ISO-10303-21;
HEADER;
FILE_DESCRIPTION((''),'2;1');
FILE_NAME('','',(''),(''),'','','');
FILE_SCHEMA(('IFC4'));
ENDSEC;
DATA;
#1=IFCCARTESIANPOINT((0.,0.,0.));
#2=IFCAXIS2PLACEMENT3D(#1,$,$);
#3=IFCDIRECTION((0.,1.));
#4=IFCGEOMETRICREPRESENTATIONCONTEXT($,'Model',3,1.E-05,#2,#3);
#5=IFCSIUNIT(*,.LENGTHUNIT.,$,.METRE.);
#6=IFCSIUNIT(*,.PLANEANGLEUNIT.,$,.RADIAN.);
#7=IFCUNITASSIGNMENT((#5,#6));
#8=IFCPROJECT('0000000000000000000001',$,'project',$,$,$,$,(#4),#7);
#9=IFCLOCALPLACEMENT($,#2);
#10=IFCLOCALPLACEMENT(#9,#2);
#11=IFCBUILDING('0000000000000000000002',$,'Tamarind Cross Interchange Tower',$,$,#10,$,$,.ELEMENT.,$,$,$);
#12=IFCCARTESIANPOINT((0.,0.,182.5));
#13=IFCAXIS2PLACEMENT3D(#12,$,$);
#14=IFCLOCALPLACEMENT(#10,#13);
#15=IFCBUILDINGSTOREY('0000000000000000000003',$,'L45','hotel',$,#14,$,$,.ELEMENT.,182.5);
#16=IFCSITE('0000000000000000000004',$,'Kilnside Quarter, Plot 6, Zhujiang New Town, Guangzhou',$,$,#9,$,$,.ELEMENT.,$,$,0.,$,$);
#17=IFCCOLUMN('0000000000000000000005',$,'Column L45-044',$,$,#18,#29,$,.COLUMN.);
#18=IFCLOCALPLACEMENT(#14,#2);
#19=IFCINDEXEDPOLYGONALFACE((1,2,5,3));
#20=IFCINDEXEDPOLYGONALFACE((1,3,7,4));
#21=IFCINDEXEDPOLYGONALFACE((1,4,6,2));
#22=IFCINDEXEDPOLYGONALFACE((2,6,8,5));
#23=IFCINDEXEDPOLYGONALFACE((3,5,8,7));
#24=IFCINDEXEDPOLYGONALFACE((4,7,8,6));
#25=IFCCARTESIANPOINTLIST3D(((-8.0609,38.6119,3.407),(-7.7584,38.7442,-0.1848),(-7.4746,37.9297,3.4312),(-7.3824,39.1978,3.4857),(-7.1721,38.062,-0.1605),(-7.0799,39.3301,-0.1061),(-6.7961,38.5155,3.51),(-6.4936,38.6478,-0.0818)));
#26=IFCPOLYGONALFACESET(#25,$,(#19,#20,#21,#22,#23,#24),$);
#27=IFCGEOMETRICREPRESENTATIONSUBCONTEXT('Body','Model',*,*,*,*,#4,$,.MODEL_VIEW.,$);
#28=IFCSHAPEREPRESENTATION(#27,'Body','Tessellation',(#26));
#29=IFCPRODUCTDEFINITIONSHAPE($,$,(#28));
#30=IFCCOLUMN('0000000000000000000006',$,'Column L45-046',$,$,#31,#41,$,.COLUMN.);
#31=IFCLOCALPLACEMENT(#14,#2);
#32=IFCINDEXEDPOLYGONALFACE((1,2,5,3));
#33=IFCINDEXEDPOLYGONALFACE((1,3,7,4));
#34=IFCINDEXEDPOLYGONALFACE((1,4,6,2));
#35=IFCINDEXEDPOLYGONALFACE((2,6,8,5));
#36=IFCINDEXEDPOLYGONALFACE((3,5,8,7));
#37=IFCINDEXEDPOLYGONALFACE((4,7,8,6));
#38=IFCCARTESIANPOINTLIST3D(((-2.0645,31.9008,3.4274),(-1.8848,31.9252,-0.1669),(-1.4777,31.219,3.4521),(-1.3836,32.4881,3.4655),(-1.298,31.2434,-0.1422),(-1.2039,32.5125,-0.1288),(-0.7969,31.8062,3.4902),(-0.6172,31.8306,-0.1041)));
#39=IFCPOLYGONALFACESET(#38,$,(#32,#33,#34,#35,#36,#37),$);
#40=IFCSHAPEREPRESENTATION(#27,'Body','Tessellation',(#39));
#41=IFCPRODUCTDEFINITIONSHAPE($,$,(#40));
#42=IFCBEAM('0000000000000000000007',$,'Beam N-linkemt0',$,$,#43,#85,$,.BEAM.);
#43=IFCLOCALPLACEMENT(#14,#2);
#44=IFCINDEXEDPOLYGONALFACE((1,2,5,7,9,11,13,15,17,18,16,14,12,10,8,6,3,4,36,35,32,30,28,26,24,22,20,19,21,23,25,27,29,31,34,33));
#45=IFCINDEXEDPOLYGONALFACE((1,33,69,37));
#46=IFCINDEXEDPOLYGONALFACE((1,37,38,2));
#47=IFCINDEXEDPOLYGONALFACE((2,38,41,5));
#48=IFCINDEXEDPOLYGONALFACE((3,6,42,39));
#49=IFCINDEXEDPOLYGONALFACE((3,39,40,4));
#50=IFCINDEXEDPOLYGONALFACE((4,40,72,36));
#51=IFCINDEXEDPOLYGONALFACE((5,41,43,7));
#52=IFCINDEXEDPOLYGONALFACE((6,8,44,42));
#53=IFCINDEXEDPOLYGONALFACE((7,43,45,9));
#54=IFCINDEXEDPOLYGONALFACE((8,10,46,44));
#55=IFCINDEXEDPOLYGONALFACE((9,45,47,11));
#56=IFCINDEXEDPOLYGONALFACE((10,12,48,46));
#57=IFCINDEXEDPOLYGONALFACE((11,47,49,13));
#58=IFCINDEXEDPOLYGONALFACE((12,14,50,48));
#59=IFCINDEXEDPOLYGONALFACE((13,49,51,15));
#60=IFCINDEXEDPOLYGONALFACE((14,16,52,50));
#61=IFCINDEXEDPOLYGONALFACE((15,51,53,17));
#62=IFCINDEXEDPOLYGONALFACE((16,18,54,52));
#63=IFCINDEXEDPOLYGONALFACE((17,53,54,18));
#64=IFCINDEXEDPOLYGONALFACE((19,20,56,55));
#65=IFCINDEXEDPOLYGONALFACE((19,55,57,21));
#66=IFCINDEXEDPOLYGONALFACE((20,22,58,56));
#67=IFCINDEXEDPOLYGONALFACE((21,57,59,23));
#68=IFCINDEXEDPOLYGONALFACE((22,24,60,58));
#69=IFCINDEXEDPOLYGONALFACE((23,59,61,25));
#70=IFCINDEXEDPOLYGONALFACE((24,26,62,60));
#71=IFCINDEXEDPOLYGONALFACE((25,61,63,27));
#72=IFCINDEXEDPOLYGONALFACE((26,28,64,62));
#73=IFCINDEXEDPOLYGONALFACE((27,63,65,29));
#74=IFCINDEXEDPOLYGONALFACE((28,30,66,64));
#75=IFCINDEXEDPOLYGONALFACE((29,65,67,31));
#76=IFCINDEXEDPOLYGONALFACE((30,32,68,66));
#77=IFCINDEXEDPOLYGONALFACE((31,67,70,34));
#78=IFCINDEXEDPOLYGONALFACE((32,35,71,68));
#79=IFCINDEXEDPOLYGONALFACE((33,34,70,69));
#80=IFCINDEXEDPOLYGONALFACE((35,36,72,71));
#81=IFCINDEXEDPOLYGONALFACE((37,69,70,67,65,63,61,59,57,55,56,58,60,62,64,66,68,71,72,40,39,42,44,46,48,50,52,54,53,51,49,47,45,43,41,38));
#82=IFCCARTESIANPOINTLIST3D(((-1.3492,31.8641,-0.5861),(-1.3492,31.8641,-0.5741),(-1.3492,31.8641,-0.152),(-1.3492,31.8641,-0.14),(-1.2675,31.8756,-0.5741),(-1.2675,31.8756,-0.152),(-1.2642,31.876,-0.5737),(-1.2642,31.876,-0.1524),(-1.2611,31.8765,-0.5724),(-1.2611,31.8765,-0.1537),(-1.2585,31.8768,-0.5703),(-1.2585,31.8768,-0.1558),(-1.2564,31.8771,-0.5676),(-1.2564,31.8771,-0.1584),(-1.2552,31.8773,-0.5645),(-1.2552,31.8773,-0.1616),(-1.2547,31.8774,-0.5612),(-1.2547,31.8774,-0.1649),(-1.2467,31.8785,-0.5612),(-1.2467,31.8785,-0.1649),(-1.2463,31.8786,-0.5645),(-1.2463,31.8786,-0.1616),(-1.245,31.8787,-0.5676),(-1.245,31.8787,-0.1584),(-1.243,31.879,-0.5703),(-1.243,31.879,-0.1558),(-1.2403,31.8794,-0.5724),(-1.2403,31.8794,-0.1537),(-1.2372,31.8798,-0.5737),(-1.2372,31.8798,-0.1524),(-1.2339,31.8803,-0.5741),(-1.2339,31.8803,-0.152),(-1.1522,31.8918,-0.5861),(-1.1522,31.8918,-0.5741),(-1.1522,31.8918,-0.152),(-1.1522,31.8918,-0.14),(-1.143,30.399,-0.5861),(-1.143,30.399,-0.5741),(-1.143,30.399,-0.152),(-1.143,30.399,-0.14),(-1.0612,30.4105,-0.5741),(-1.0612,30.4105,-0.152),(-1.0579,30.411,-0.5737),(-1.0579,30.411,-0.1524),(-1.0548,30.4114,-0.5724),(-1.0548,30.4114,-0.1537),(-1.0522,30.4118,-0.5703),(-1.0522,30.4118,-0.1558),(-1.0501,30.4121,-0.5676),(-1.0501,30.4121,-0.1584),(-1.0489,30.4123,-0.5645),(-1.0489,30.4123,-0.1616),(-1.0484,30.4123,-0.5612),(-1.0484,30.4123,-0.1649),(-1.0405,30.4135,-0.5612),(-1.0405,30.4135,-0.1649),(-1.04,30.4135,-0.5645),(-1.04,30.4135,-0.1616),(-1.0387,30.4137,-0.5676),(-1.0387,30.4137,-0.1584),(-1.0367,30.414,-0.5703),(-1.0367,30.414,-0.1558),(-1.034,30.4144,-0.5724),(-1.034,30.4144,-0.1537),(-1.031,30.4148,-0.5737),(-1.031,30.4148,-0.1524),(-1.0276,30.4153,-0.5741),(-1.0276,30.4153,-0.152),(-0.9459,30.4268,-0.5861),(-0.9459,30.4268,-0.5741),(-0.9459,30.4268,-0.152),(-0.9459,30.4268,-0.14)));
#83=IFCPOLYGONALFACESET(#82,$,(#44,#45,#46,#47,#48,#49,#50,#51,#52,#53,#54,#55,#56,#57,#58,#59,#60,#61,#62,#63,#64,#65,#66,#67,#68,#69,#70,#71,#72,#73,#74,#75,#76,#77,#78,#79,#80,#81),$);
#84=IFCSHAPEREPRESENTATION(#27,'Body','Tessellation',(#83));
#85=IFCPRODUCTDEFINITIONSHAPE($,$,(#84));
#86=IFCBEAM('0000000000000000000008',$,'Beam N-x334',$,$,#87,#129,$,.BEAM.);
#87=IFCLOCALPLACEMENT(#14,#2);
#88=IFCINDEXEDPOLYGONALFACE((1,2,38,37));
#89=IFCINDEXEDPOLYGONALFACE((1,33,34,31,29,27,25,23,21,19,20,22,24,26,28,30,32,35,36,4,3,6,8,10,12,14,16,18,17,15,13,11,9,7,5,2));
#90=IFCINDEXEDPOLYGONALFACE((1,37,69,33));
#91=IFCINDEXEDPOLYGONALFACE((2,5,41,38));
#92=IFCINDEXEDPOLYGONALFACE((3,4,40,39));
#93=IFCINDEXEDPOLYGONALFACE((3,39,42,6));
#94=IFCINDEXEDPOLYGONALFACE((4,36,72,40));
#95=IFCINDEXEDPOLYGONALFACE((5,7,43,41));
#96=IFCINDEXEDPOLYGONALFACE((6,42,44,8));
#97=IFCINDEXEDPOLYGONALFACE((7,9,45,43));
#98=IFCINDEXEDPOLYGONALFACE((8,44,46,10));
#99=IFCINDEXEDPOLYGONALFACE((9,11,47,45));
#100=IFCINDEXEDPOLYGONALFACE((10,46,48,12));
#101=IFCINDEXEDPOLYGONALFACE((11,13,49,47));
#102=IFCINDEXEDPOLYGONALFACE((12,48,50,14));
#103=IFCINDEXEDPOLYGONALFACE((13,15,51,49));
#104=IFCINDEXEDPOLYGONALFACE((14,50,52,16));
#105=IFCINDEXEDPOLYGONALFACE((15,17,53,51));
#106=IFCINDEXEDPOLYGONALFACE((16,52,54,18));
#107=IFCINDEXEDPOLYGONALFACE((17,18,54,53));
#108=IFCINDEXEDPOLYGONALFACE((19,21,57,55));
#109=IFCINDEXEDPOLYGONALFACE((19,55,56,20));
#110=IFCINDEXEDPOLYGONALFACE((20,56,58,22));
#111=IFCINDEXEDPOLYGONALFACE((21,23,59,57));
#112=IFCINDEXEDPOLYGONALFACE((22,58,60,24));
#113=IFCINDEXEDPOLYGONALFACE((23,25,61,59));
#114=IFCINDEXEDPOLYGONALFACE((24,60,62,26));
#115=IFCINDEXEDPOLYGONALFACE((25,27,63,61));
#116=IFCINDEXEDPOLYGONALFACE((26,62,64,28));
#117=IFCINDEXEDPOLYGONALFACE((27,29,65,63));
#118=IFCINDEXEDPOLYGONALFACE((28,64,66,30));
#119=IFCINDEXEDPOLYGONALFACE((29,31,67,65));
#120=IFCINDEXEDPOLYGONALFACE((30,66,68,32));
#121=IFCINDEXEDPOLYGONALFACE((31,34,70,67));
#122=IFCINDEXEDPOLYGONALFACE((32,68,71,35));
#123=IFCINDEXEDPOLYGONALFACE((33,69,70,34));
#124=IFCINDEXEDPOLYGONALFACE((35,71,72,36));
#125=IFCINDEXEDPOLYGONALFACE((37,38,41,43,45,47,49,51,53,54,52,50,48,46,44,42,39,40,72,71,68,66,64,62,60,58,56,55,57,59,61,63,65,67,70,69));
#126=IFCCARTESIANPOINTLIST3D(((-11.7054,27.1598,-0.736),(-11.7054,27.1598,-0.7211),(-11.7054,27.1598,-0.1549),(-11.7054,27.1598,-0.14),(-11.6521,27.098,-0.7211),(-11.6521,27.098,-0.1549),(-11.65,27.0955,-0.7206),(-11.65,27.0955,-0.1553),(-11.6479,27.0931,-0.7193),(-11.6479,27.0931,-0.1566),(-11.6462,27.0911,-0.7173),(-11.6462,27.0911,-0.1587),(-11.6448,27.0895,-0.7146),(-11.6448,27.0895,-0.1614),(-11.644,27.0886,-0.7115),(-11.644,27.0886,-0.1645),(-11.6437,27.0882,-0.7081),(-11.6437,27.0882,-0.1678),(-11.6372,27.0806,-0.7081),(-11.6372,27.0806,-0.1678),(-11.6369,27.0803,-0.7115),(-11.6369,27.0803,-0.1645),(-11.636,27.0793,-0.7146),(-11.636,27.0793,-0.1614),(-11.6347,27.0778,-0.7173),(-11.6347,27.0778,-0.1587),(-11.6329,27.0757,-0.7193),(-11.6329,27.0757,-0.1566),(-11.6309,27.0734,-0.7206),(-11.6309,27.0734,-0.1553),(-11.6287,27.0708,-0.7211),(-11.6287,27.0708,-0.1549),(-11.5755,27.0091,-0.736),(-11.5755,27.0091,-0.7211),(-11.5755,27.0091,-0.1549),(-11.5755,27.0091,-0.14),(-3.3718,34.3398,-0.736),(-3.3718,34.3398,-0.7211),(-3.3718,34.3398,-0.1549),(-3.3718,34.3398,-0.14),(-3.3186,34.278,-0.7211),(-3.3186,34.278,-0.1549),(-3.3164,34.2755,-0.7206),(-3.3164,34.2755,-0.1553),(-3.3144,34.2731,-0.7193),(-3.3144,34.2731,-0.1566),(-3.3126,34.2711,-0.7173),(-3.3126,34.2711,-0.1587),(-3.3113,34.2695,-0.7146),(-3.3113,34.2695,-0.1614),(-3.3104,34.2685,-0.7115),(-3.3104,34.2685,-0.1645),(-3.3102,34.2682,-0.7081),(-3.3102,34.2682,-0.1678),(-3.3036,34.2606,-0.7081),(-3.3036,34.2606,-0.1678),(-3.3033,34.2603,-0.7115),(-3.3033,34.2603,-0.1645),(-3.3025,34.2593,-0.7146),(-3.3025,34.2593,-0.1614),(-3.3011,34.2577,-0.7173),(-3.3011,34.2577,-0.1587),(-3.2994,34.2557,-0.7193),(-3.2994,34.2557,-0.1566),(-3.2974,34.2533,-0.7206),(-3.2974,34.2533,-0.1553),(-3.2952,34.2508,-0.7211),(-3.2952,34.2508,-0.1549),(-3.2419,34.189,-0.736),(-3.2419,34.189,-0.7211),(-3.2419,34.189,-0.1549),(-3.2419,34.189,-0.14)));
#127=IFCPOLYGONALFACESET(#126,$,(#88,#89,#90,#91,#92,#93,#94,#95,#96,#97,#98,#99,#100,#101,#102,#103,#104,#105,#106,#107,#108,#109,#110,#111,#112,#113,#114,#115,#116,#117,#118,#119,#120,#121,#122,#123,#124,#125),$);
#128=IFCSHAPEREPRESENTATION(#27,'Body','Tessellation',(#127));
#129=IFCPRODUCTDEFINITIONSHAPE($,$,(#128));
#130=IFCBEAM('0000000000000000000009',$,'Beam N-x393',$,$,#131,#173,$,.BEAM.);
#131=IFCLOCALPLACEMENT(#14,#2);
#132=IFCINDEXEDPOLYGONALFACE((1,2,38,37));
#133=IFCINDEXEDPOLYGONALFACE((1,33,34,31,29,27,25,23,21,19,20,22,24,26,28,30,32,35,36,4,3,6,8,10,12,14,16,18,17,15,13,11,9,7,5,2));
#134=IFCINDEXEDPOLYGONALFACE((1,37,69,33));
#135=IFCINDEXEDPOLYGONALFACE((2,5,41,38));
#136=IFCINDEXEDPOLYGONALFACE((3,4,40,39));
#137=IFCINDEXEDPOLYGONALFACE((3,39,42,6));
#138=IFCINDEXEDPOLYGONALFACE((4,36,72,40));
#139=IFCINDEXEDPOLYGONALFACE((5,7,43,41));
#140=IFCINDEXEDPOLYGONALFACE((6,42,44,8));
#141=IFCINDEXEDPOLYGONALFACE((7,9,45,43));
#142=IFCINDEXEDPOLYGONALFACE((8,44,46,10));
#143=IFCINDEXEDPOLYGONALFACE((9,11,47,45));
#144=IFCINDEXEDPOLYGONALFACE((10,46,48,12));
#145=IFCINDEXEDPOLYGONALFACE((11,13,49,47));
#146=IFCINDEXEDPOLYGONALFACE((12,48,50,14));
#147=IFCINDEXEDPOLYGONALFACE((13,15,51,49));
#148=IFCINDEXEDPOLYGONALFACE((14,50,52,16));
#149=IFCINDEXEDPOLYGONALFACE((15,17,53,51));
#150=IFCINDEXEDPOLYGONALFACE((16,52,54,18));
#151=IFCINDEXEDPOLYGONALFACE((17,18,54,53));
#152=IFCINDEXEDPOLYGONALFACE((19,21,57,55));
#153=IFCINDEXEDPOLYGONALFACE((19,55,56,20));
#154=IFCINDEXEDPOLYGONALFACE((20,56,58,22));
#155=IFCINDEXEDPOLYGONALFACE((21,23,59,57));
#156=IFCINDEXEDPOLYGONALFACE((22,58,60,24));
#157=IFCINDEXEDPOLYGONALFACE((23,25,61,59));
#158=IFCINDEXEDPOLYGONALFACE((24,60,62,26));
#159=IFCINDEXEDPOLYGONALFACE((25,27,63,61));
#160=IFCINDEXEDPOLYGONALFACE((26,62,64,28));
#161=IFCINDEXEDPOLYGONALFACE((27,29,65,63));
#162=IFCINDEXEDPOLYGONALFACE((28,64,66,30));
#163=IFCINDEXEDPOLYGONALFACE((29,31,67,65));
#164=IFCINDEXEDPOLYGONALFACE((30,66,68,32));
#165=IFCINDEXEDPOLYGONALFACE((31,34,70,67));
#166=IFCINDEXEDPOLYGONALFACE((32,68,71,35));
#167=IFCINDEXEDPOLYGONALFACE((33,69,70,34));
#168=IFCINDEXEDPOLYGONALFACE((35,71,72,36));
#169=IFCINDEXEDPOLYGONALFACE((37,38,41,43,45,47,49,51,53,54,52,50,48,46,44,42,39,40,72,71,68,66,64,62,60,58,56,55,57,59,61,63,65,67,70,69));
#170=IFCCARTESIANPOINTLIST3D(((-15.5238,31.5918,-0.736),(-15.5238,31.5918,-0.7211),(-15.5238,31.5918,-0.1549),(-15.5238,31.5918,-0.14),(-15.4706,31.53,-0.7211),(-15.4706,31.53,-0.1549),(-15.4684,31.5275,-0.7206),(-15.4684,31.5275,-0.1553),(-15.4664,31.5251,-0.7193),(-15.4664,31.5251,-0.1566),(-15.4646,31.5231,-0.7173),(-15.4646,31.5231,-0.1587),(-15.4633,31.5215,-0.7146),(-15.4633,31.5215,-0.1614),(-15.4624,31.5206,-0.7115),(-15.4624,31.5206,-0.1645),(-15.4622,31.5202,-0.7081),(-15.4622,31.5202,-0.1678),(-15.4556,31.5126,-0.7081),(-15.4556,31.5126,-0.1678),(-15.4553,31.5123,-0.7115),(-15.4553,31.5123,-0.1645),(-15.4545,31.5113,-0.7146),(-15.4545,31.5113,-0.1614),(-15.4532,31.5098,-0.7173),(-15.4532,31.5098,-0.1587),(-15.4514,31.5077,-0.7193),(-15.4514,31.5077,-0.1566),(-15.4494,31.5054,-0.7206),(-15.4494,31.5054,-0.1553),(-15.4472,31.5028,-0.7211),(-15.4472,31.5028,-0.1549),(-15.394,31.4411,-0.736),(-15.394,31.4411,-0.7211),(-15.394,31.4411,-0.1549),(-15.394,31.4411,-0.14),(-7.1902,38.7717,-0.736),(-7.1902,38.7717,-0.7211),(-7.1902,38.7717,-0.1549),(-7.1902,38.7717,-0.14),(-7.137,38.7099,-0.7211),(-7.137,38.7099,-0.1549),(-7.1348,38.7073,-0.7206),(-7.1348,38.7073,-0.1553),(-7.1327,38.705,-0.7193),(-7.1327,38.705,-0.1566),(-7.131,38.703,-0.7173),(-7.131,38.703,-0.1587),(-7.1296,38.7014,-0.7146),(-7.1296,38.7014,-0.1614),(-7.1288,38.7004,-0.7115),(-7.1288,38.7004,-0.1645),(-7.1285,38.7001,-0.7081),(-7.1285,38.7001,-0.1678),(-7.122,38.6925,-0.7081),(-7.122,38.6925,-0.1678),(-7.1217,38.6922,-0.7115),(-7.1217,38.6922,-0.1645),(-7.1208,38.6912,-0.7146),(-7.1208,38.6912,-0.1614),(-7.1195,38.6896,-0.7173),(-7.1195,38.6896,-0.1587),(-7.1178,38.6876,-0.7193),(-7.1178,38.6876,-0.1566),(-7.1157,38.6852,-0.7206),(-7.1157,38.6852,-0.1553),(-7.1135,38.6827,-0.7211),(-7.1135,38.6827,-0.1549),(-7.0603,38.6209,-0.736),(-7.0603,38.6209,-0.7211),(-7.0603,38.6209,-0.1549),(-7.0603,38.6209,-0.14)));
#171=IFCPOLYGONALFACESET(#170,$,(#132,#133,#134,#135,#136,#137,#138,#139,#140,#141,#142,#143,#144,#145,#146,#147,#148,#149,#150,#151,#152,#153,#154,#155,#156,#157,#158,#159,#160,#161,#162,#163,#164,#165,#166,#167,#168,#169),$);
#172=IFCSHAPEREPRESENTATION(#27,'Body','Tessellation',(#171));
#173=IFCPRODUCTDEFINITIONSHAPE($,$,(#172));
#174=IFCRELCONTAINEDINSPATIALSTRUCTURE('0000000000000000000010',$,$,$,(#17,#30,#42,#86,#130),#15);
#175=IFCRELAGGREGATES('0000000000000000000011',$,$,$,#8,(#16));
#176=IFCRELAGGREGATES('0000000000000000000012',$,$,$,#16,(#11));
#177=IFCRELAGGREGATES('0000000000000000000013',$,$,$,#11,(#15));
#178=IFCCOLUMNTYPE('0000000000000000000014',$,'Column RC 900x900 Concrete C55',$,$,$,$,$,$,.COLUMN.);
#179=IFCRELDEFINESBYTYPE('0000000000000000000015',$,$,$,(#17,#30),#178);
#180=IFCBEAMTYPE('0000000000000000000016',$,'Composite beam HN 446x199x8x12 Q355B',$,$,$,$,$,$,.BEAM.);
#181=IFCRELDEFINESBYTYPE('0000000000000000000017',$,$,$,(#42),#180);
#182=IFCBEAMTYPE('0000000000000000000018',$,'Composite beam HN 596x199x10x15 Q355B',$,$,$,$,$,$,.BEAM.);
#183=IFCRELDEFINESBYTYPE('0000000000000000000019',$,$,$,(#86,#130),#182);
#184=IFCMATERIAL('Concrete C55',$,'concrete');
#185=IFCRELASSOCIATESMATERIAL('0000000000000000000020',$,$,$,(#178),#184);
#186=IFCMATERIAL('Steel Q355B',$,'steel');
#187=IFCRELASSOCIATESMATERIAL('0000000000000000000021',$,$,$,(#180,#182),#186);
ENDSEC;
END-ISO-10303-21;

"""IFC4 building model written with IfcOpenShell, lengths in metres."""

from ifc_helpers import new_model, si_unit, direction, frame, origin, origin_2d, place, context, subcontext, project, spatial, rectangle, i_section, extrude, material, material_profile, profile_set, type_object, element, save


model = new_model("IFC4")

# Units and contexts
model_context = context("Model", 3, precision=1e-05, world=origin(), true_north=direction((0.0, 1.0)))
body_context = subcontext(model_context, "Body", "Model", "MODEL_VIEW")
ifc_project = project(units=[si_unit("LENGTHUNIT", "METRE"), si_unit("PLANEANGLEUNIT", "RADIAN")], contexts=[model_context])

# Site, building, storey
site_placement = place(None, origin())
site = spatial("IfcSite", under=ifc_project, at=site_placement, Name="Kilnside Quarter, Plot 6, Zhujiang New Town, Guangzhou", CompositionType="ELEMENT", RefElevation=0.0)
building_placement = place(site_placement, origin())
building = spatial("IfcBuilding", under=site, at=building_placement, Name="Tamarind Cross Interchange Tower", CompositionType="ELEMENT")
storey_placement = place(building_placement, frame((0.0, 0.0, 182.5)))
storey = spatial("IfcBuildingStorey", under=building, at=storey_placement, Name="L45", Description="hotel", CompositionType="ELEMENT", Elevation=182.5)

# Columns
ifc_material_1 = material(Name="Concrete C55", Category="concrete")
ifc_material_profile_1 = material_profile(ifc_material_1, rectangle(XDim=0.8999, YDim=0.8999, at=origin_2d()), Name="RC 900x900")
ifc_profile_set_1 = profile_set([ifc_material_profile_1], Name="Concrete C55")
column_type = type_object("IfcColumnType", Name="Column RC 900x900 Concrete C55", PredefinedType="COLUMN", material=ifc_profile_set_1)
column_1_placement = place(storey_placement, frame((-7.126, 38.696, -0.1333), z_axis=(-0.083863, -0.036686, 0.995802), x_axis=(0.651509, -0.758163, 0.026937)))
element("IfcColumn", 1, at=column_1_placement, inside=storey, type_object=column_type, Name="Column L45-044", PredefinedType="COLUMN", context=body_context, shape_type="SweptSolid", body=[
    extrude(rectangle(XDim=0.8999, YDim=0.8999, at=origin_2d()), origin(), (0.0, 0.0, 1.0), 3.6069),
])
column_2_placement = place(storey_placement, frame((-1.251, 31.8779, -0.1355), z_axis=(-0.04993, -0.006784, 0.99873), x_axis=(0.652014, -0.75771, 0.027449)))
element("IfcColumn", 2, at=column_2_placement, inside=storey, type_object=column_type, Name="Column L45-046", PredefinedType="COLUMN", context=body_context, shape_type="SweptSolid", body=[
    extrude(rectangle(XDim=0.8999, YDim=0.8999, at=origin_2d()), origin(), (0.0, 0.0, 1.0), 3.5989),
])

# Beams
ifc_material_2 = material(Name="Steel Q355B", Category="steel")
ifc_material_profile_2 = material_profile(ifc_material_2, i_section(OverallWidth=0.199, OverallDepth=0.446, WebThickness=0.0081, FlangeThickness=0.012, FilletRadius=0.0129, at=origin_2d()), Name="HN 446x199x8x12")
ifc_profile_set_2 = profile_set([ifc_material_profile_2], Name="Steel Q355B")
beam_type_1 = type_object("IfcBeamType", Name="Composite beam HN 446x199x8x12 Q355B", PredefinedType="BEAM", material=ifc_profile_set_2)
beam_placement = place(storey_placement, frame((-1.2507, 31.8779, -0.363), z_axis=(0.139434, -0.990231, 0.0), x_axis=(0.990231, 0.139434, 0.0)))
element("IfcBeam", 3, at=beam_placement, inside=storey, type_object=beam_type_1, Name="Beam N-linkemt0", PredefinedType="BEAM", context=body_context, shape_type="SweptSolid", body=[
    extrude(i_section(OverallWidth=0.199, OverallDepth=0.446, WebThickness=0.0081, FlangeThickness=0.012, FilletRadius=0.0129, at=origin_2d()), origin(), (0.0, 0.0, 1.0), 1.4795),
])
ifc_material_profile_3 = material_profile(ifc_material_2, i_section(OverallWidth=0.199, OverallDepth=0.5959, WebThickness=0.01, FlangeThickness=0.0149, FilletRadius=0.0129, at=origin_2d()), Name="HN 596x199x10x15")
ifc_profile_set_3 = profile_set([ifc_material_profile_3], Name="Steel Q355B")
beam_type_2 = type_object("IfcBeamType", Name="Composite beam HN 596x199x10x15 Q355B", PredefinedType="BEAM", material=ifc_profile_set_3)
for number, where, z_axis, x_axis, name in (
    (4, (-3.3069, 34.2644, -0.438), (-0.757595, -0.652725, 0.0), (0.652725, -0.757595, 0.0), "Beam N-x334"),
    (5, (-7.1252, 38.6963, -0.438), (-0.757604, -0.652714, 0.0), (0.652714, -0.757604, 0.0), "Beam N-x393"),
):
    element("IfcBeam", number, at=place(storey_placement, frame(where, z_axis=z_axis, x_axis=x_axis)), inside=storey, type_object=beam_type_2, Name=name, PredefinedType="BEAM", context=body_context, shape_type="SweptSolid", body=[
        extrude(i_section(OverallWidth=0.199, OverallDepth=0.5959, WebThickness=0.01, FlangeThickness=0.0149, FilletRadius=0.0129, at=origin_2d()), origin(), (0.0, 0.0, 1.0), 11.0),
    ])

save(model, "model.ifc")
